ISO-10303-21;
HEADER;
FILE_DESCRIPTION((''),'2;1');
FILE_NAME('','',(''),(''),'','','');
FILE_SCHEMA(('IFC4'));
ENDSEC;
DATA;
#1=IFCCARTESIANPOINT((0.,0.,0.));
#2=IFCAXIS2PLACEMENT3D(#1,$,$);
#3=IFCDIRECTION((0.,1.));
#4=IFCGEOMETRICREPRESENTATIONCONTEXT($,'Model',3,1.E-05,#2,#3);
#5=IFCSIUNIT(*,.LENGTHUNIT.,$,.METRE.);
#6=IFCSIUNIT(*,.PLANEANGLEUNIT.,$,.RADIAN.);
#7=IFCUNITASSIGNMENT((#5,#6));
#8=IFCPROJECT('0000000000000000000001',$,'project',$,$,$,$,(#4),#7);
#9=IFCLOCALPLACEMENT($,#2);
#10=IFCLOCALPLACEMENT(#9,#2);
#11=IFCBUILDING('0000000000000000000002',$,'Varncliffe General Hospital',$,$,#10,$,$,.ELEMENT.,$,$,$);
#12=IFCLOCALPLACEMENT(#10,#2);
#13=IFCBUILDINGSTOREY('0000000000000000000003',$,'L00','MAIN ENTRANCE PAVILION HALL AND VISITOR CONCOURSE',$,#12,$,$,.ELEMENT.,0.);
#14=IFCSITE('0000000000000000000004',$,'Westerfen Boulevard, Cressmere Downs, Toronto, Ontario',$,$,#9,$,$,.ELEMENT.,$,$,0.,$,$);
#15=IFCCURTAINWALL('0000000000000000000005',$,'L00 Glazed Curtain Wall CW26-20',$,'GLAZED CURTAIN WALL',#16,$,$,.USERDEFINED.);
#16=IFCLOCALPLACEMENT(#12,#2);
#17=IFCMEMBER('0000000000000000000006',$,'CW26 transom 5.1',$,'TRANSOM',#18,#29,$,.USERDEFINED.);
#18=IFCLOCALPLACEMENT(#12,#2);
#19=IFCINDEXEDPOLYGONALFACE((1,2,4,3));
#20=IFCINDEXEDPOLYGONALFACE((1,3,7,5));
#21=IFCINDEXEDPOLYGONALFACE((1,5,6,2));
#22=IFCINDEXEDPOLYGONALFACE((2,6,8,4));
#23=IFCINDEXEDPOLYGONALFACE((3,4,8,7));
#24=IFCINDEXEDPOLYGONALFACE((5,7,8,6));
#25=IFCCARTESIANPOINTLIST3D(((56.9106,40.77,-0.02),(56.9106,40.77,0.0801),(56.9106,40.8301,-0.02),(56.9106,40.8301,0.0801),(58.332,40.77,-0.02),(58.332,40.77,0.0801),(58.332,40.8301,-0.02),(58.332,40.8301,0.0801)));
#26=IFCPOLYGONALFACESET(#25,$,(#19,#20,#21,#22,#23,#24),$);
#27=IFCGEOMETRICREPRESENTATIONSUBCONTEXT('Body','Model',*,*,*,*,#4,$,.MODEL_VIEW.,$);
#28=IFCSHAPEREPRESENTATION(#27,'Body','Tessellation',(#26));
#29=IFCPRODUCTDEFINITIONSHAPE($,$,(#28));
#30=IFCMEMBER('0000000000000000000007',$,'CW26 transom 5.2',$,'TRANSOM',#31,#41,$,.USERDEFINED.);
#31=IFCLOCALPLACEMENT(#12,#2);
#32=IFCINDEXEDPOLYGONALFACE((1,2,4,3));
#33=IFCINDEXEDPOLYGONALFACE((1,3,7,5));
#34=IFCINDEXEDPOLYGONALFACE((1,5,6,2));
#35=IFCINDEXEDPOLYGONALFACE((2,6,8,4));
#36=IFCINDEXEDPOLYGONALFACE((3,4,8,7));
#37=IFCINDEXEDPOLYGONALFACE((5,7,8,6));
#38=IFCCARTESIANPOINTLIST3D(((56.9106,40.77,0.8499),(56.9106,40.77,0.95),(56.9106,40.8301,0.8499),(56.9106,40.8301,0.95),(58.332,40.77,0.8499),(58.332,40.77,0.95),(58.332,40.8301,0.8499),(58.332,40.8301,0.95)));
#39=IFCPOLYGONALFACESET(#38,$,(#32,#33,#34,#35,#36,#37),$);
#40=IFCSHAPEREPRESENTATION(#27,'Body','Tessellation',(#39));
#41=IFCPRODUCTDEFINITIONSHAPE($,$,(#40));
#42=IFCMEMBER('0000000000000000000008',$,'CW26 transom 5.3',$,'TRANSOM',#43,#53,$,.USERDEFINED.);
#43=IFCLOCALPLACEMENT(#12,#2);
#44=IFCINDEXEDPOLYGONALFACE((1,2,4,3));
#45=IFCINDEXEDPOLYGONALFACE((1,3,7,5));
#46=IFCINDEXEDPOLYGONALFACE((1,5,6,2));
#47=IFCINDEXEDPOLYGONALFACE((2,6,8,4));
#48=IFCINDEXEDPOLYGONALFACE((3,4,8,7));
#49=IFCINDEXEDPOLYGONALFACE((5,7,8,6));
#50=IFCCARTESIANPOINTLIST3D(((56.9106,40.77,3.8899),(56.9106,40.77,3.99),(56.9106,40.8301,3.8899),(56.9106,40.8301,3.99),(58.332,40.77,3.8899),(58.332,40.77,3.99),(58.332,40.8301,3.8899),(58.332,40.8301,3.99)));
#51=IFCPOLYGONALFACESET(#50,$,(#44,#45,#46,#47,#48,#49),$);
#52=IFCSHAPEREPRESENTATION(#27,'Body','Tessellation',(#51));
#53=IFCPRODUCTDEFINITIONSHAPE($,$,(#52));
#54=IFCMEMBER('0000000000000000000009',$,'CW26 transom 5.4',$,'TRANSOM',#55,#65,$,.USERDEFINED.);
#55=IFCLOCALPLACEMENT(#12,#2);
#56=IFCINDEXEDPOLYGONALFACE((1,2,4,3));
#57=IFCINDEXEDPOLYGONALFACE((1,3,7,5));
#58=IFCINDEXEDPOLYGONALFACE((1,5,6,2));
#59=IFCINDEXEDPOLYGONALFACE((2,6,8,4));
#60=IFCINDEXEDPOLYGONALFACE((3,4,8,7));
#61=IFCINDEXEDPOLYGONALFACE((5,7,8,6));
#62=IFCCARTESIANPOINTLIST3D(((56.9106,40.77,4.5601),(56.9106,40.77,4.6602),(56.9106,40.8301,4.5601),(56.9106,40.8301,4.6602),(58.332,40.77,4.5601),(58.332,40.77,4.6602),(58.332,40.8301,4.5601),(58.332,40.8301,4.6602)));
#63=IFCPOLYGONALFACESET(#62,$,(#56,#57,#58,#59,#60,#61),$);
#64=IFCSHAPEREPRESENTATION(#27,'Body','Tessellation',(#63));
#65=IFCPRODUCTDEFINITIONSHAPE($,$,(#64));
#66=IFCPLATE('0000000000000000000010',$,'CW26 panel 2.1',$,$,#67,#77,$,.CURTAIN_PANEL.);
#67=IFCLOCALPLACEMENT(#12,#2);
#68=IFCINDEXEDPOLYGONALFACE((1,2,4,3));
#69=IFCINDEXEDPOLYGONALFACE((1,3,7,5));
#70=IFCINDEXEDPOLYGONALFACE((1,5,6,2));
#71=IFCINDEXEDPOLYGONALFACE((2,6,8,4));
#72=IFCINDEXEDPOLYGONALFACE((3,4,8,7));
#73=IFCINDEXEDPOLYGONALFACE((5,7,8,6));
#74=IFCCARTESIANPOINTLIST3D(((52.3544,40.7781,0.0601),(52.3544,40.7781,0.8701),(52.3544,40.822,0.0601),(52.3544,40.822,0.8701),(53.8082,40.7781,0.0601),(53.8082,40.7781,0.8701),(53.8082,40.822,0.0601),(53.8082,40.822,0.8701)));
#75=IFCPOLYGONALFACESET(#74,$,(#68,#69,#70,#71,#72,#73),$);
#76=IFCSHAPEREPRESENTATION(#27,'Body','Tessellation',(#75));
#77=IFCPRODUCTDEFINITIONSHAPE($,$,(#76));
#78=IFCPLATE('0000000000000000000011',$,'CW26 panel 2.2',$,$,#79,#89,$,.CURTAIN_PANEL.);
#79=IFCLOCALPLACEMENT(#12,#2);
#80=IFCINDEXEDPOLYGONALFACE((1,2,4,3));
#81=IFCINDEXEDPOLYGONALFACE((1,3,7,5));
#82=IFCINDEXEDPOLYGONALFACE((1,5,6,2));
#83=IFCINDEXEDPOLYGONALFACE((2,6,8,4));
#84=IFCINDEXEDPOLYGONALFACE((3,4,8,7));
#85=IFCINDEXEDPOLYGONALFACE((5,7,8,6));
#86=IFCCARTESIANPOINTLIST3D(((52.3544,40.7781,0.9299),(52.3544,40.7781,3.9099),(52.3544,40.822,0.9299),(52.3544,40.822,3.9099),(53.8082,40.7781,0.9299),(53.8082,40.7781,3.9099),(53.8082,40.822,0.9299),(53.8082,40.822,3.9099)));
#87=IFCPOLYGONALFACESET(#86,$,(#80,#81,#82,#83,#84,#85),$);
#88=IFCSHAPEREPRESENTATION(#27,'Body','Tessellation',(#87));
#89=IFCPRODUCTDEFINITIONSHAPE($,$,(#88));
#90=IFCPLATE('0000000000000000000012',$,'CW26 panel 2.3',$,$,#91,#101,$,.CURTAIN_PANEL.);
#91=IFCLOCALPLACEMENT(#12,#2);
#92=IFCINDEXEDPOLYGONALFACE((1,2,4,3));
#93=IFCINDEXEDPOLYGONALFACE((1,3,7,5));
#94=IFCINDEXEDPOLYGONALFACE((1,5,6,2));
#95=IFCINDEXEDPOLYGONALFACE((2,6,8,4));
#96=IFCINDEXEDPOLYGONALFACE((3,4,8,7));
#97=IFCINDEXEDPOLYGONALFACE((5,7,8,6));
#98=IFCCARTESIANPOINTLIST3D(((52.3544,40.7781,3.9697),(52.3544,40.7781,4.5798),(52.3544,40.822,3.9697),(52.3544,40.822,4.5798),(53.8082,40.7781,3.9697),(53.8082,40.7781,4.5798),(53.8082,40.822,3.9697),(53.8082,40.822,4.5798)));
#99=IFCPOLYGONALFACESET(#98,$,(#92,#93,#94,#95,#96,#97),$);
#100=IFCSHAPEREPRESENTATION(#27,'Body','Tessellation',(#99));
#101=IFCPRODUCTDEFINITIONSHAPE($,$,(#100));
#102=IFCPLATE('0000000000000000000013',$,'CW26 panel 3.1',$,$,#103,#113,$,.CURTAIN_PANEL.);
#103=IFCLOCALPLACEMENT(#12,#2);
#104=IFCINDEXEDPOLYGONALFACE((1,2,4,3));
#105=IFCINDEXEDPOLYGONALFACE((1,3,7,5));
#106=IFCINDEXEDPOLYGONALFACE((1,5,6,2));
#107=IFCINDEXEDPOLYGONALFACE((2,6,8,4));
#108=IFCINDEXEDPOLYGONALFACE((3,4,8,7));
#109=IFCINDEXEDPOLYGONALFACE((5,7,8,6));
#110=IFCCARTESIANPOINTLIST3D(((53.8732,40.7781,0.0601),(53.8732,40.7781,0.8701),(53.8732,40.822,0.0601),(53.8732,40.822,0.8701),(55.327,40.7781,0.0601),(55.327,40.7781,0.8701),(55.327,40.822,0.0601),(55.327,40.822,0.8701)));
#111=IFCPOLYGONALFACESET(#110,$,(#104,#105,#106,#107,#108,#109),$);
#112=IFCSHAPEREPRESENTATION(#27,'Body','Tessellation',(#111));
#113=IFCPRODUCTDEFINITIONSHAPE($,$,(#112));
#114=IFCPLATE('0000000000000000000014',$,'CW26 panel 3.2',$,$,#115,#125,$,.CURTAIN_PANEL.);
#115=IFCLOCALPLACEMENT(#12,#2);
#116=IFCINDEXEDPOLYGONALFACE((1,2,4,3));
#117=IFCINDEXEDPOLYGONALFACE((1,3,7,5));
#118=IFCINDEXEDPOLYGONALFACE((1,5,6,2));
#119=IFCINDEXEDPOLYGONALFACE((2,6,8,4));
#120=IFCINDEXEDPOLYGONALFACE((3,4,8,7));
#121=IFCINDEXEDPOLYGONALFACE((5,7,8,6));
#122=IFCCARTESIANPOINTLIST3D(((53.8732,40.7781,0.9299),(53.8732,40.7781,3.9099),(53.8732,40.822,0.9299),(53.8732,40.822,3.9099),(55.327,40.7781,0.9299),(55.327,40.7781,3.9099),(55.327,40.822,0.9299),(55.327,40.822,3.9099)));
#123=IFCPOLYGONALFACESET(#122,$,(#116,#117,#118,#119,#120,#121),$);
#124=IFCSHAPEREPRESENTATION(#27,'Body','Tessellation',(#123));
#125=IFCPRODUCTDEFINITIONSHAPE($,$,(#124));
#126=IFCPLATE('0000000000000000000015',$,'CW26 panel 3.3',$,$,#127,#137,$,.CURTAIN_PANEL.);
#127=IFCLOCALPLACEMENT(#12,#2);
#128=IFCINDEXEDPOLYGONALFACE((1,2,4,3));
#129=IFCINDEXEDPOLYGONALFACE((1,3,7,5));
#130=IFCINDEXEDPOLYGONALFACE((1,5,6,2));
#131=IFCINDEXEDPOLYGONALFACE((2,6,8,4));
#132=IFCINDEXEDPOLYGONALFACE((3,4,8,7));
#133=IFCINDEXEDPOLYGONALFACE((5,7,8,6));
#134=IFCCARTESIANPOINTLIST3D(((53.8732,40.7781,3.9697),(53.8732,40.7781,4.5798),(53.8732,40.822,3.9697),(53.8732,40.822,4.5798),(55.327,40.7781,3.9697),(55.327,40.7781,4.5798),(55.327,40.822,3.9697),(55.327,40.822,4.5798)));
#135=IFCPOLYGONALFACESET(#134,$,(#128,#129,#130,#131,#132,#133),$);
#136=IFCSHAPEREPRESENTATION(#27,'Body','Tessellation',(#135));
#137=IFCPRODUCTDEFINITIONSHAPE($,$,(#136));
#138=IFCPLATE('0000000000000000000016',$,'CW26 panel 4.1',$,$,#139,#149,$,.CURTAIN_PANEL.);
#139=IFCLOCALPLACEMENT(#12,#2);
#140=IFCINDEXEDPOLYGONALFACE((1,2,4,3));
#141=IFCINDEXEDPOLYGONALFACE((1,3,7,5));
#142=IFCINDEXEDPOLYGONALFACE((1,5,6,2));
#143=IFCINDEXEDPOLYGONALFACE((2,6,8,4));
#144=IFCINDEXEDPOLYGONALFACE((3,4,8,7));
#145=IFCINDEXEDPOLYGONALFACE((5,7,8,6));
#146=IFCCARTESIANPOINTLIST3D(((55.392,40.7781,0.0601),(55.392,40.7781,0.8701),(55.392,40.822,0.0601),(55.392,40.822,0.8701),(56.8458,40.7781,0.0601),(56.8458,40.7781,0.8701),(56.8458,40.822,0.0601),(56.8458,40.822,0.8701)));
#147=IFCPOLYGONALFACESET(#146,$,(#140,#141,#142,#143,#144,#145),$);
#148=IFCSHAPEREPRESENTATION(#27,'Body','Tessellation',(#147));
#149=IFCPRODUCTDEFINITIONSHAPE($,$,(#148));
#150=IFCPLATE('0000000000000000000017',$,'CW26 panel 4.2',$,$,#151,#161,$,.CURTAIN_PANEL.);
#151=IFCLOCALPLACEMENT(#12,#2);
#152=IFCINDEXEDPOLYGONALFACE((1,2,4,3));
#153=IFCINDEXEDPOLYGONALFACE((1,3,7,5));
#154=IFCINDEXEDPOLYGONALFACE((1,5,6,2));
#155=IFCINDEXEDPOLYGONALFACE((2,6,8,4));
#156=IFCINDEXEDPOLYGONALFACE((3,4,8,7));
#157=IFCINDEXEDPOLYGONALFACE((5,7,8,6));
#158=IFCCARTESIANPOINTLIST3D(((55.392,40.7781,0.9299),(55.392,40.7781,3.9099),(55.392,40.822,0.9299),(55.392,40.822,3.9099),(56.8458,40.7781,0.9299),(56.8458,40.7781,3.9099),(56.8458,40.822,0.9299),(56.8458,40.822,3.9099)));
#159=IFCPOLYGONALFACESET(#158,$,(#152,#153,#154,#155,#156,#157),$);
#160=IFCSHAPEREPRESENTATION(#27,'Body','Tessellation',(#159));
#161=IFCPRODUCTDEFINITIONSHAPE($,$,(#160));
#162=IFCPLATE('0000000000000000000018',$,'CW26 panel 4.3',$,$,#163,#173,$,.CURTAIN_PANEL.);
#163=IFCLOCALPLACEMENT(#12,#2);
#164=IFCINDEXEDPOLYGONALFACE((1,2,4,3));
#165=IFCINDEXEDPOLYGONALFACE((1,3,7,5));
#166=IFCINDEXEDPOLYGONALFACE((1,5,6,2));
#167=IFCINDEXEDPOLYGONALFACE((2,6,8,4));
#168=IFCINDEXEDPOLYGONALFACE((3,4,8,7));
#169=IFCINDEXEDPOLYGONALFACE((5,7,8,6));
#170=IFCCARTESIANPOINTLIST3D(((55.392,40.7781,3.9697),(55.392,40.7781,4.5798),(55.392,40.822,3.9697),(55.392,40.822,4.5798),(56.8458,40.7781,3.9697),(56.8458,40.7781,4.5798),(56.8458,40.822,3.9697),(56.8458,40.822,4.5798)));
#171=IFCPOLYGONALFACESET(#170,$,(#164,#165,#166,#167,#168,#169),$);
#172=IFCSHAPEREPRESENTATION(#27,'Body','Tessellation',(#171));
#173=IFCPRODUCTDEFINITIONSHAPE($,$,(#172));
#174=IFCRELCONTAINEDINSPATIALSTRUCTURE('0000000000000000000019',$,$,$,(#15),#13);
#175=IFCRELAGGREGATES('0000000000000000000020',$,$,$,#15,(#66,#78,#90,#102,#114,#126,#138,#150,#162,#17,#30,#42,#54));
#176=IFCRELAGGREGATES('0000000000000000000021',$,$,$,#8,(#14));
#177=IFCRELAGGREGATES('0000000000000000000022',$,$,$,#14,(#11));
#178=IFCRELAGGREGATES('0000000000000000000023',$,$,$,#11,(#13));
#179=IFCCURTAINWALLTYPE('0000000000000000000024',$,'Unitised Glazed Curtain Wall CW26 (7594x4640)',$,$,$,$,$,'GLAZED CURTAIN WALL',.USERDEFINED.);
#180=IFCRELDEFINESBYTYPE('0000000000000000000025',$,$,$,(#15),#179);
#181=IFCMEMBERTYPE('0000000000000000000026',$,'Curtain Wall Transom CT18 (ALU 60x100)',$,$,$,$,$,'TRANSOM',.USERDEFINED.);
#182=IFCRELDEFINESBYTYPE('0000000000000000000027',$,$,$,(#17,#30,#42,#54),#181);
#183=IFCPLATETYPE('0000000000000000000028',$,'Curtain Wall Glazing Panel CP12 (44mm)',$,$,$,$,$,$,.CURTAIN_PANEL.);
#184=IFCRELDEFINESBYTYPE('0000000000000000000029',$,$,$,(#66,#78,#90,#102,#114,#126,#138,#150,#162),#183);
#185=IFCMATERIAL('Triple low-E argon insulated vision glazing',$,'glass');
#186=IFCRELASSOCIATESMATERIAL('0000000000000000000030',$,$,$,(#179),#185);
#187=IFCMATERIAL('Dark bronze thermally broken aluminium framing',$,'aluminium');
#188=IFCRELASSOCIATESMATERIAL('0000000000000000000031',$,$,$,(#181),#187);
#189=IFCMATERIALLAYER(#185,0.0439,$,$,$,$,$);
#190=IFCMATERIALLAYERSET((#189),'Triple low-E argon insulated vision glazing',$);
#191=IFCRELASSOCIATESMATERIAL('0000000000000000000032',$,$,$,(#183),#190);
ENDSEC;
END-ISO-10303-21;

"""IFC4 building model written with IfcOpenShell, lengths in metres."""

from ifc_helpers import new_model, si_unit, direction, frame, origin, origin_2d, place, context, subcontext, project, spatial, rectangle, extrude, material, layer, layer_set, material_profile, profile_set, type_object, element, aggregate, save


model = new_model("IFC4")

# Units and contexts
model_context = context("Model", 3, precision=1e-05, world=origin(), true_north=direction((0.0, 1.0)))
body_context = subcontext(model_context, "Body", "Model", "MODEL_VIEW")
ifc_project = project(units=[si_unit("LENGTHUNIT", "METRE"), si_unit("PLANEANGLEUNIT", "RADIAN")], contexts=[model_context])

# Site, building, storey
site_placement = place(None, origin())
site = spatial("IfcSite", under=ifc_project, at=site_placement, Name="Westerfen Boulevard, Cressmere Downs, Toronto, Ontario", CompositionType="ELEMENT", RefElevation=0.0)
building_placement = place(site_placement, origin())
building = spatial("IfcBuilding", under=site, at=building_placement, Name="Varncliffe General Hospital", CompositionType="ELEMENT")
storey_placement = place(building_placement, origin())
storey = spatial("IfcBuildingStorey", under=building, at=storey_placement, Name="L00", Description="MAIN ENTRANCE PAVILION HALL AND VISITOR CONCOURSE", CompositionType="ELEMENT", Elevation=0.0)

# Curtain wall, members, plates
ifc_material_1 = material(Name="Triple low-E argon insulated vision glazing", Category="glass")
curtain_wall_type = type_object("IfcCurtainWallType", Name="Unitised Glazed Curtain Wall CW26 (7594x4640)", ElementType="GLAZED CURTAIN WALL", PredefinedType="USERDEFINED", material=ifc_material_1)
curtain_wall_placement = place(storey_placement, origin())
curtain_wall = element("IfcCurtainWall", 1, at=curtain_wall_placement, inside=storey, type_object=curtain_wall_type, Name="L00 Glazed Curtain Wall CW26-20", ObjectType="GLAZED CURTAIN WALL", PredefinedType="USERDEFINED")
ifc_material_2 = material(Name="Dark bronze thermally broken aluminium framing", Category="aluminium")
ifc_material_profile_1 = material_profile(ifc_material_2, rectangle(XDim=0.0601, YDim=0.1001, at=origin_2d()), Name="ALU 60x100")
ifc_profile_set_1 = profile_set([ifc_material_profile_1], Name="Dark bronze thermally broken aluminium framing")
member_type_1 = type_object("IfcMemberType", Name="Curtain Wall Transom CT18 (ALU 60x100)", ElementType="TRANSOM", PredefinedType="USERDEFINED", material=ifc_profile_set_1)
member_1_placement = place(storey_placement, frame((56.9106, 40.8, 0.03), z_axis=(1.0, 0.0, 0.0), x_axis=(0.0, 1.0, 0.0)))
member_1 = element("IfcMember", 2, at=member_1_placement, type_object=member_type_1, Name="CW26 transom 5.1", ObjectType="TRANSOM", PredefinedType="USERDEFINED", context=body_context, shape_type="SweptSolid", body=[
    extrude(rectangle(XDim=0.0601, YDim=0.1001, at=origin_2d()), origin(), (0.0, 0.0, 1.0), 1.4214),
])
member_2_placement = place(storey_placement, frame((56.9106, 40.8, 0.8999), z_axis=(1.0, 0.0, 0.0), x_axis=(0.0, 1.0, 0.0)))
member_2 = element("IfcMember", 3, at=member_2_placement, type_object=member_type_1, Name="CW26 transom 5.2", ObjectType="TRANSOM", PredefinedType="USERDEFINED", context=body_context, shape_type="SweptSolid", body=[
    extrude(rectangle(XDim=0.0601, YDim=0.1001, at=origin_2d()), origin(), (0.0, 0.0, 1.0), 1.4214),
])
member_3_placement = place(storey_placement, frame((56.9106, 40.8, 3.9399), z_axis=(1.0, 0.0, 0.0), x_axis=(0.0, 1.0, 0.0)))
member_3 = element("IfcMember", 4, at=member_3_placement, type_object=member_type_1, Name="CW26 transom 5.3", ObjectType="TRANSOM", PredefinedType="USERDEFINED", context=body_context, shape_type="SweptSolid", body=[
    extrude(rectangle(XDim=0.0601, YDim=0.1001, at=origin_2d()), origin(), (0.0, 0.0, 1.0), 1.4214),
])
member_4_placement = place(storey_placement, frame((56.9106, 40.8, 4.6101), z_axis=(1.0, 0.0, 0.0), x_axis=(0.0, 1.0, 0.0)))
member_4 = element("IfcMember", 5, at=member_4_placement, type_object=member_type_1, Name="CW26 transom 5.4", ObjectType="TRANSOM", PredefinedType="USERDEFINED", context=body_context, shape_type="SweptSolid", body=[
    extrude(rectangle(XDim=0.0601, YDim=0.1001, at=origin_2d()), origin(), (0.0, 0.0, 1.0), 1.4214),
])
ifc_layer = layer(ifc_material_1, 0.0439)
ifc_layer_set = layer_set([ifc_layer], Name="Triple low-E argon insulated vision glazing")
plate_type = type_object("IfcPlateType", Name="Curtain Wall Glazing Panel CP12 (44mm)", PredefinedType="CURTAIN_PANEL", material=ifc_layer_set)
plate_1_placement = place(storey_placement, frame((53.0813, 40.8, 0.0601), z_axis=(0.0, 0.0, 1.0), x_axis=(1.0, 0.0, 0.0)))
plate_1 = element("IfcPlate", 6, at=plate_1_placement, type_object=plate_type, Name="CW26 panel 2.1", PredefinedType="CURTAIN_PANEL", context=body_context, shape_type="SweptSolid", body=[
    extrude(rectangle(XDim=1.4539, YDim=0.0439, at=origin_2d()), origin(), (0.0, 0.0, 1.0), 0.8101),
])
plate_2_placement = place(storey_placement, frame((53.0813, 40.8, 0.9299), z_axis=(0.0, 0.0, 1.0), x_axis=(1.0, 0.0, 0.0)))
plate_2 = element("IfcPlate", 7, at=plate_2_placement, type_object=plate_type, Name="CW26 panel 2.2", PredefinedType="CURTAIN_PANEL", context=body_context, shape_type="SweptSolid", body=[
    extrude(rectangle(XDim=1.4539, YDim=0.0439, at=origin_2d()), origin(), (0.0, 0.0, 1.0), 2.98),
])
plate_3_placement = place(storey_placement, frame((53.0813, 40.8, 3.9697), z_axis=(0.0, 0.0, 1.0), x_axis=(1.0, 0.0, 0.0)))
plate_3 = element("IfcPlate", 8, at=plate_3_placement, type_object=plate_type, Name="CW26 panel 2.3", PredefinedType="CURTAIN_PANEL", context=body_context, shape_type="SweptSolid", body=[
    extrude(rectangle(XDim=1.4539, YDim=0.0439, at=origin_2d()), origin(), (0.0, 0.0, 1.0), 0.6101),
])
plate_4_placement = place(storey_placement, frame((54.6001, 40.8, 0.0601), z_axis=(0.0, 0.0, 1.0), x_axis=(1.0, 0.0, 0.0)))
plate_4 = element("IfcPlate", 9, at=plate_4_placement, type_object=plate_type, Name="CW26 panel 3.1", PredefinedType="CURTAIN_PANEL", context=body_context, shape_type="SweptSolid", body=[
    extrude(rectangle(XDim=1.4539, YDim=0.0439, at=origin_2d()), origin(), (0.0, 0.0, 1.0), 0.8101),
])
plate_5_placement = place(storey_placement, frame((54.6001, 40.8, 0.9299), z_axis=(0.0, 0.0, 1.0), x_axis=(1.0, 0.0, 0.0)))
plate_5 = element("IfcPlate", 10, at=plate_5_placement, type_object=plate_type, Name="CW26 panel 3.2", PredefinedType="CURTAIN_PANEL", context=body_context, shape_type="SweptSolid", body=[
    extrude(rectangle(XDim=1.4539, YDim=0.0439, at=origin_2d()), origin(), (0.0, 0.0, 1.0), 2.98),
])
plate_6_placement = place(storey_placement, frame((54.6001, 40.8, 3.9697), z_axis=(0.0, 0.0, 1.0), x_axis=(1.0, 0.0, 0.0)))
plate_6 = element("IfcPlate", 11, at=plate_6_placement, type_object=plate_type, Name="CW26 panel 3.3", PredefinedType="CURTAIN_PANEL", context=body_context, shape_type="SweptSolid", body=[
    extrude(rectangle(XDim=1.4539, YDim=0.0439, at=origin_2d()), origin(), (0.0, 0.0, 1.0), 0.6101),
])
plate_7_placement = place(storey_placement, frame((56.1189, 40.8, 0.0601), z_axis=(0.0, 0.0, 1.0), x_axis=(1.0, 0.0, 0.0)))
plate_7 = element("IfcPlate", 12, at=plate_7_placement, type_object=plate_type, Name="CW26 panel 4.1", PredefinedType="CURTAIN_PANEL", context=body_context, shape_type="SweptSolid", body=[
    extrude(rectangle(XDim=1.4539, YDim=0.0439, at=origin_2d()), origin(), (0.0, 0.0, 1.0), 0.8101),
])
plate_8_placement = place(storey_placement, frame((56.1189, 40.8, 0.9299), z_axis=(0.0, 0.0, 1.0), x_axis=(1.0, 0.0, 0.0)))
plate_8 = element("IfcPlate", 13, at=plate_8_placement, type_object=plate_type, Name="CW26 panel 4.2", PredefinedType="CURTAIN_PANEL", context=body_context, shape_type="SweptSolid", body=[
    extrude(rectangle(XDim=1.4539, YDim=0.0439, at=origin_2d()), origin(), (0.0, 0.0, 1.0), 2.98),
])
plate_9_placement = place(storey_placement, frame((56.1189, 40.8, 3.9697), z_axis=(0.0, 0.0, 1.0), x_axis=(1.0, 0.0, 0.0)))
plate_9 = element("IfcPlate", 14, at=plate_9_placement, type_object=plate_type, Name="CW26 panel 4.3", PredefinedType="CURTAIN_PANEL", context=body_context, shape_type="SweptSolid", body=[
    extrude(rectangle(XDim=1.4539, YDim=0.0439, at=origin_2d()), origin(), (0.0, 0.0, 1.0), 0.6101),
])
aggregate(curtain_wall, [plate_1, plate_2, plate_3, plate_4, plate_5, plate_6, plate_7, plate_8, plate_9, member_1, member_2, member_3, member_4])

save(model, "model.ifc")
